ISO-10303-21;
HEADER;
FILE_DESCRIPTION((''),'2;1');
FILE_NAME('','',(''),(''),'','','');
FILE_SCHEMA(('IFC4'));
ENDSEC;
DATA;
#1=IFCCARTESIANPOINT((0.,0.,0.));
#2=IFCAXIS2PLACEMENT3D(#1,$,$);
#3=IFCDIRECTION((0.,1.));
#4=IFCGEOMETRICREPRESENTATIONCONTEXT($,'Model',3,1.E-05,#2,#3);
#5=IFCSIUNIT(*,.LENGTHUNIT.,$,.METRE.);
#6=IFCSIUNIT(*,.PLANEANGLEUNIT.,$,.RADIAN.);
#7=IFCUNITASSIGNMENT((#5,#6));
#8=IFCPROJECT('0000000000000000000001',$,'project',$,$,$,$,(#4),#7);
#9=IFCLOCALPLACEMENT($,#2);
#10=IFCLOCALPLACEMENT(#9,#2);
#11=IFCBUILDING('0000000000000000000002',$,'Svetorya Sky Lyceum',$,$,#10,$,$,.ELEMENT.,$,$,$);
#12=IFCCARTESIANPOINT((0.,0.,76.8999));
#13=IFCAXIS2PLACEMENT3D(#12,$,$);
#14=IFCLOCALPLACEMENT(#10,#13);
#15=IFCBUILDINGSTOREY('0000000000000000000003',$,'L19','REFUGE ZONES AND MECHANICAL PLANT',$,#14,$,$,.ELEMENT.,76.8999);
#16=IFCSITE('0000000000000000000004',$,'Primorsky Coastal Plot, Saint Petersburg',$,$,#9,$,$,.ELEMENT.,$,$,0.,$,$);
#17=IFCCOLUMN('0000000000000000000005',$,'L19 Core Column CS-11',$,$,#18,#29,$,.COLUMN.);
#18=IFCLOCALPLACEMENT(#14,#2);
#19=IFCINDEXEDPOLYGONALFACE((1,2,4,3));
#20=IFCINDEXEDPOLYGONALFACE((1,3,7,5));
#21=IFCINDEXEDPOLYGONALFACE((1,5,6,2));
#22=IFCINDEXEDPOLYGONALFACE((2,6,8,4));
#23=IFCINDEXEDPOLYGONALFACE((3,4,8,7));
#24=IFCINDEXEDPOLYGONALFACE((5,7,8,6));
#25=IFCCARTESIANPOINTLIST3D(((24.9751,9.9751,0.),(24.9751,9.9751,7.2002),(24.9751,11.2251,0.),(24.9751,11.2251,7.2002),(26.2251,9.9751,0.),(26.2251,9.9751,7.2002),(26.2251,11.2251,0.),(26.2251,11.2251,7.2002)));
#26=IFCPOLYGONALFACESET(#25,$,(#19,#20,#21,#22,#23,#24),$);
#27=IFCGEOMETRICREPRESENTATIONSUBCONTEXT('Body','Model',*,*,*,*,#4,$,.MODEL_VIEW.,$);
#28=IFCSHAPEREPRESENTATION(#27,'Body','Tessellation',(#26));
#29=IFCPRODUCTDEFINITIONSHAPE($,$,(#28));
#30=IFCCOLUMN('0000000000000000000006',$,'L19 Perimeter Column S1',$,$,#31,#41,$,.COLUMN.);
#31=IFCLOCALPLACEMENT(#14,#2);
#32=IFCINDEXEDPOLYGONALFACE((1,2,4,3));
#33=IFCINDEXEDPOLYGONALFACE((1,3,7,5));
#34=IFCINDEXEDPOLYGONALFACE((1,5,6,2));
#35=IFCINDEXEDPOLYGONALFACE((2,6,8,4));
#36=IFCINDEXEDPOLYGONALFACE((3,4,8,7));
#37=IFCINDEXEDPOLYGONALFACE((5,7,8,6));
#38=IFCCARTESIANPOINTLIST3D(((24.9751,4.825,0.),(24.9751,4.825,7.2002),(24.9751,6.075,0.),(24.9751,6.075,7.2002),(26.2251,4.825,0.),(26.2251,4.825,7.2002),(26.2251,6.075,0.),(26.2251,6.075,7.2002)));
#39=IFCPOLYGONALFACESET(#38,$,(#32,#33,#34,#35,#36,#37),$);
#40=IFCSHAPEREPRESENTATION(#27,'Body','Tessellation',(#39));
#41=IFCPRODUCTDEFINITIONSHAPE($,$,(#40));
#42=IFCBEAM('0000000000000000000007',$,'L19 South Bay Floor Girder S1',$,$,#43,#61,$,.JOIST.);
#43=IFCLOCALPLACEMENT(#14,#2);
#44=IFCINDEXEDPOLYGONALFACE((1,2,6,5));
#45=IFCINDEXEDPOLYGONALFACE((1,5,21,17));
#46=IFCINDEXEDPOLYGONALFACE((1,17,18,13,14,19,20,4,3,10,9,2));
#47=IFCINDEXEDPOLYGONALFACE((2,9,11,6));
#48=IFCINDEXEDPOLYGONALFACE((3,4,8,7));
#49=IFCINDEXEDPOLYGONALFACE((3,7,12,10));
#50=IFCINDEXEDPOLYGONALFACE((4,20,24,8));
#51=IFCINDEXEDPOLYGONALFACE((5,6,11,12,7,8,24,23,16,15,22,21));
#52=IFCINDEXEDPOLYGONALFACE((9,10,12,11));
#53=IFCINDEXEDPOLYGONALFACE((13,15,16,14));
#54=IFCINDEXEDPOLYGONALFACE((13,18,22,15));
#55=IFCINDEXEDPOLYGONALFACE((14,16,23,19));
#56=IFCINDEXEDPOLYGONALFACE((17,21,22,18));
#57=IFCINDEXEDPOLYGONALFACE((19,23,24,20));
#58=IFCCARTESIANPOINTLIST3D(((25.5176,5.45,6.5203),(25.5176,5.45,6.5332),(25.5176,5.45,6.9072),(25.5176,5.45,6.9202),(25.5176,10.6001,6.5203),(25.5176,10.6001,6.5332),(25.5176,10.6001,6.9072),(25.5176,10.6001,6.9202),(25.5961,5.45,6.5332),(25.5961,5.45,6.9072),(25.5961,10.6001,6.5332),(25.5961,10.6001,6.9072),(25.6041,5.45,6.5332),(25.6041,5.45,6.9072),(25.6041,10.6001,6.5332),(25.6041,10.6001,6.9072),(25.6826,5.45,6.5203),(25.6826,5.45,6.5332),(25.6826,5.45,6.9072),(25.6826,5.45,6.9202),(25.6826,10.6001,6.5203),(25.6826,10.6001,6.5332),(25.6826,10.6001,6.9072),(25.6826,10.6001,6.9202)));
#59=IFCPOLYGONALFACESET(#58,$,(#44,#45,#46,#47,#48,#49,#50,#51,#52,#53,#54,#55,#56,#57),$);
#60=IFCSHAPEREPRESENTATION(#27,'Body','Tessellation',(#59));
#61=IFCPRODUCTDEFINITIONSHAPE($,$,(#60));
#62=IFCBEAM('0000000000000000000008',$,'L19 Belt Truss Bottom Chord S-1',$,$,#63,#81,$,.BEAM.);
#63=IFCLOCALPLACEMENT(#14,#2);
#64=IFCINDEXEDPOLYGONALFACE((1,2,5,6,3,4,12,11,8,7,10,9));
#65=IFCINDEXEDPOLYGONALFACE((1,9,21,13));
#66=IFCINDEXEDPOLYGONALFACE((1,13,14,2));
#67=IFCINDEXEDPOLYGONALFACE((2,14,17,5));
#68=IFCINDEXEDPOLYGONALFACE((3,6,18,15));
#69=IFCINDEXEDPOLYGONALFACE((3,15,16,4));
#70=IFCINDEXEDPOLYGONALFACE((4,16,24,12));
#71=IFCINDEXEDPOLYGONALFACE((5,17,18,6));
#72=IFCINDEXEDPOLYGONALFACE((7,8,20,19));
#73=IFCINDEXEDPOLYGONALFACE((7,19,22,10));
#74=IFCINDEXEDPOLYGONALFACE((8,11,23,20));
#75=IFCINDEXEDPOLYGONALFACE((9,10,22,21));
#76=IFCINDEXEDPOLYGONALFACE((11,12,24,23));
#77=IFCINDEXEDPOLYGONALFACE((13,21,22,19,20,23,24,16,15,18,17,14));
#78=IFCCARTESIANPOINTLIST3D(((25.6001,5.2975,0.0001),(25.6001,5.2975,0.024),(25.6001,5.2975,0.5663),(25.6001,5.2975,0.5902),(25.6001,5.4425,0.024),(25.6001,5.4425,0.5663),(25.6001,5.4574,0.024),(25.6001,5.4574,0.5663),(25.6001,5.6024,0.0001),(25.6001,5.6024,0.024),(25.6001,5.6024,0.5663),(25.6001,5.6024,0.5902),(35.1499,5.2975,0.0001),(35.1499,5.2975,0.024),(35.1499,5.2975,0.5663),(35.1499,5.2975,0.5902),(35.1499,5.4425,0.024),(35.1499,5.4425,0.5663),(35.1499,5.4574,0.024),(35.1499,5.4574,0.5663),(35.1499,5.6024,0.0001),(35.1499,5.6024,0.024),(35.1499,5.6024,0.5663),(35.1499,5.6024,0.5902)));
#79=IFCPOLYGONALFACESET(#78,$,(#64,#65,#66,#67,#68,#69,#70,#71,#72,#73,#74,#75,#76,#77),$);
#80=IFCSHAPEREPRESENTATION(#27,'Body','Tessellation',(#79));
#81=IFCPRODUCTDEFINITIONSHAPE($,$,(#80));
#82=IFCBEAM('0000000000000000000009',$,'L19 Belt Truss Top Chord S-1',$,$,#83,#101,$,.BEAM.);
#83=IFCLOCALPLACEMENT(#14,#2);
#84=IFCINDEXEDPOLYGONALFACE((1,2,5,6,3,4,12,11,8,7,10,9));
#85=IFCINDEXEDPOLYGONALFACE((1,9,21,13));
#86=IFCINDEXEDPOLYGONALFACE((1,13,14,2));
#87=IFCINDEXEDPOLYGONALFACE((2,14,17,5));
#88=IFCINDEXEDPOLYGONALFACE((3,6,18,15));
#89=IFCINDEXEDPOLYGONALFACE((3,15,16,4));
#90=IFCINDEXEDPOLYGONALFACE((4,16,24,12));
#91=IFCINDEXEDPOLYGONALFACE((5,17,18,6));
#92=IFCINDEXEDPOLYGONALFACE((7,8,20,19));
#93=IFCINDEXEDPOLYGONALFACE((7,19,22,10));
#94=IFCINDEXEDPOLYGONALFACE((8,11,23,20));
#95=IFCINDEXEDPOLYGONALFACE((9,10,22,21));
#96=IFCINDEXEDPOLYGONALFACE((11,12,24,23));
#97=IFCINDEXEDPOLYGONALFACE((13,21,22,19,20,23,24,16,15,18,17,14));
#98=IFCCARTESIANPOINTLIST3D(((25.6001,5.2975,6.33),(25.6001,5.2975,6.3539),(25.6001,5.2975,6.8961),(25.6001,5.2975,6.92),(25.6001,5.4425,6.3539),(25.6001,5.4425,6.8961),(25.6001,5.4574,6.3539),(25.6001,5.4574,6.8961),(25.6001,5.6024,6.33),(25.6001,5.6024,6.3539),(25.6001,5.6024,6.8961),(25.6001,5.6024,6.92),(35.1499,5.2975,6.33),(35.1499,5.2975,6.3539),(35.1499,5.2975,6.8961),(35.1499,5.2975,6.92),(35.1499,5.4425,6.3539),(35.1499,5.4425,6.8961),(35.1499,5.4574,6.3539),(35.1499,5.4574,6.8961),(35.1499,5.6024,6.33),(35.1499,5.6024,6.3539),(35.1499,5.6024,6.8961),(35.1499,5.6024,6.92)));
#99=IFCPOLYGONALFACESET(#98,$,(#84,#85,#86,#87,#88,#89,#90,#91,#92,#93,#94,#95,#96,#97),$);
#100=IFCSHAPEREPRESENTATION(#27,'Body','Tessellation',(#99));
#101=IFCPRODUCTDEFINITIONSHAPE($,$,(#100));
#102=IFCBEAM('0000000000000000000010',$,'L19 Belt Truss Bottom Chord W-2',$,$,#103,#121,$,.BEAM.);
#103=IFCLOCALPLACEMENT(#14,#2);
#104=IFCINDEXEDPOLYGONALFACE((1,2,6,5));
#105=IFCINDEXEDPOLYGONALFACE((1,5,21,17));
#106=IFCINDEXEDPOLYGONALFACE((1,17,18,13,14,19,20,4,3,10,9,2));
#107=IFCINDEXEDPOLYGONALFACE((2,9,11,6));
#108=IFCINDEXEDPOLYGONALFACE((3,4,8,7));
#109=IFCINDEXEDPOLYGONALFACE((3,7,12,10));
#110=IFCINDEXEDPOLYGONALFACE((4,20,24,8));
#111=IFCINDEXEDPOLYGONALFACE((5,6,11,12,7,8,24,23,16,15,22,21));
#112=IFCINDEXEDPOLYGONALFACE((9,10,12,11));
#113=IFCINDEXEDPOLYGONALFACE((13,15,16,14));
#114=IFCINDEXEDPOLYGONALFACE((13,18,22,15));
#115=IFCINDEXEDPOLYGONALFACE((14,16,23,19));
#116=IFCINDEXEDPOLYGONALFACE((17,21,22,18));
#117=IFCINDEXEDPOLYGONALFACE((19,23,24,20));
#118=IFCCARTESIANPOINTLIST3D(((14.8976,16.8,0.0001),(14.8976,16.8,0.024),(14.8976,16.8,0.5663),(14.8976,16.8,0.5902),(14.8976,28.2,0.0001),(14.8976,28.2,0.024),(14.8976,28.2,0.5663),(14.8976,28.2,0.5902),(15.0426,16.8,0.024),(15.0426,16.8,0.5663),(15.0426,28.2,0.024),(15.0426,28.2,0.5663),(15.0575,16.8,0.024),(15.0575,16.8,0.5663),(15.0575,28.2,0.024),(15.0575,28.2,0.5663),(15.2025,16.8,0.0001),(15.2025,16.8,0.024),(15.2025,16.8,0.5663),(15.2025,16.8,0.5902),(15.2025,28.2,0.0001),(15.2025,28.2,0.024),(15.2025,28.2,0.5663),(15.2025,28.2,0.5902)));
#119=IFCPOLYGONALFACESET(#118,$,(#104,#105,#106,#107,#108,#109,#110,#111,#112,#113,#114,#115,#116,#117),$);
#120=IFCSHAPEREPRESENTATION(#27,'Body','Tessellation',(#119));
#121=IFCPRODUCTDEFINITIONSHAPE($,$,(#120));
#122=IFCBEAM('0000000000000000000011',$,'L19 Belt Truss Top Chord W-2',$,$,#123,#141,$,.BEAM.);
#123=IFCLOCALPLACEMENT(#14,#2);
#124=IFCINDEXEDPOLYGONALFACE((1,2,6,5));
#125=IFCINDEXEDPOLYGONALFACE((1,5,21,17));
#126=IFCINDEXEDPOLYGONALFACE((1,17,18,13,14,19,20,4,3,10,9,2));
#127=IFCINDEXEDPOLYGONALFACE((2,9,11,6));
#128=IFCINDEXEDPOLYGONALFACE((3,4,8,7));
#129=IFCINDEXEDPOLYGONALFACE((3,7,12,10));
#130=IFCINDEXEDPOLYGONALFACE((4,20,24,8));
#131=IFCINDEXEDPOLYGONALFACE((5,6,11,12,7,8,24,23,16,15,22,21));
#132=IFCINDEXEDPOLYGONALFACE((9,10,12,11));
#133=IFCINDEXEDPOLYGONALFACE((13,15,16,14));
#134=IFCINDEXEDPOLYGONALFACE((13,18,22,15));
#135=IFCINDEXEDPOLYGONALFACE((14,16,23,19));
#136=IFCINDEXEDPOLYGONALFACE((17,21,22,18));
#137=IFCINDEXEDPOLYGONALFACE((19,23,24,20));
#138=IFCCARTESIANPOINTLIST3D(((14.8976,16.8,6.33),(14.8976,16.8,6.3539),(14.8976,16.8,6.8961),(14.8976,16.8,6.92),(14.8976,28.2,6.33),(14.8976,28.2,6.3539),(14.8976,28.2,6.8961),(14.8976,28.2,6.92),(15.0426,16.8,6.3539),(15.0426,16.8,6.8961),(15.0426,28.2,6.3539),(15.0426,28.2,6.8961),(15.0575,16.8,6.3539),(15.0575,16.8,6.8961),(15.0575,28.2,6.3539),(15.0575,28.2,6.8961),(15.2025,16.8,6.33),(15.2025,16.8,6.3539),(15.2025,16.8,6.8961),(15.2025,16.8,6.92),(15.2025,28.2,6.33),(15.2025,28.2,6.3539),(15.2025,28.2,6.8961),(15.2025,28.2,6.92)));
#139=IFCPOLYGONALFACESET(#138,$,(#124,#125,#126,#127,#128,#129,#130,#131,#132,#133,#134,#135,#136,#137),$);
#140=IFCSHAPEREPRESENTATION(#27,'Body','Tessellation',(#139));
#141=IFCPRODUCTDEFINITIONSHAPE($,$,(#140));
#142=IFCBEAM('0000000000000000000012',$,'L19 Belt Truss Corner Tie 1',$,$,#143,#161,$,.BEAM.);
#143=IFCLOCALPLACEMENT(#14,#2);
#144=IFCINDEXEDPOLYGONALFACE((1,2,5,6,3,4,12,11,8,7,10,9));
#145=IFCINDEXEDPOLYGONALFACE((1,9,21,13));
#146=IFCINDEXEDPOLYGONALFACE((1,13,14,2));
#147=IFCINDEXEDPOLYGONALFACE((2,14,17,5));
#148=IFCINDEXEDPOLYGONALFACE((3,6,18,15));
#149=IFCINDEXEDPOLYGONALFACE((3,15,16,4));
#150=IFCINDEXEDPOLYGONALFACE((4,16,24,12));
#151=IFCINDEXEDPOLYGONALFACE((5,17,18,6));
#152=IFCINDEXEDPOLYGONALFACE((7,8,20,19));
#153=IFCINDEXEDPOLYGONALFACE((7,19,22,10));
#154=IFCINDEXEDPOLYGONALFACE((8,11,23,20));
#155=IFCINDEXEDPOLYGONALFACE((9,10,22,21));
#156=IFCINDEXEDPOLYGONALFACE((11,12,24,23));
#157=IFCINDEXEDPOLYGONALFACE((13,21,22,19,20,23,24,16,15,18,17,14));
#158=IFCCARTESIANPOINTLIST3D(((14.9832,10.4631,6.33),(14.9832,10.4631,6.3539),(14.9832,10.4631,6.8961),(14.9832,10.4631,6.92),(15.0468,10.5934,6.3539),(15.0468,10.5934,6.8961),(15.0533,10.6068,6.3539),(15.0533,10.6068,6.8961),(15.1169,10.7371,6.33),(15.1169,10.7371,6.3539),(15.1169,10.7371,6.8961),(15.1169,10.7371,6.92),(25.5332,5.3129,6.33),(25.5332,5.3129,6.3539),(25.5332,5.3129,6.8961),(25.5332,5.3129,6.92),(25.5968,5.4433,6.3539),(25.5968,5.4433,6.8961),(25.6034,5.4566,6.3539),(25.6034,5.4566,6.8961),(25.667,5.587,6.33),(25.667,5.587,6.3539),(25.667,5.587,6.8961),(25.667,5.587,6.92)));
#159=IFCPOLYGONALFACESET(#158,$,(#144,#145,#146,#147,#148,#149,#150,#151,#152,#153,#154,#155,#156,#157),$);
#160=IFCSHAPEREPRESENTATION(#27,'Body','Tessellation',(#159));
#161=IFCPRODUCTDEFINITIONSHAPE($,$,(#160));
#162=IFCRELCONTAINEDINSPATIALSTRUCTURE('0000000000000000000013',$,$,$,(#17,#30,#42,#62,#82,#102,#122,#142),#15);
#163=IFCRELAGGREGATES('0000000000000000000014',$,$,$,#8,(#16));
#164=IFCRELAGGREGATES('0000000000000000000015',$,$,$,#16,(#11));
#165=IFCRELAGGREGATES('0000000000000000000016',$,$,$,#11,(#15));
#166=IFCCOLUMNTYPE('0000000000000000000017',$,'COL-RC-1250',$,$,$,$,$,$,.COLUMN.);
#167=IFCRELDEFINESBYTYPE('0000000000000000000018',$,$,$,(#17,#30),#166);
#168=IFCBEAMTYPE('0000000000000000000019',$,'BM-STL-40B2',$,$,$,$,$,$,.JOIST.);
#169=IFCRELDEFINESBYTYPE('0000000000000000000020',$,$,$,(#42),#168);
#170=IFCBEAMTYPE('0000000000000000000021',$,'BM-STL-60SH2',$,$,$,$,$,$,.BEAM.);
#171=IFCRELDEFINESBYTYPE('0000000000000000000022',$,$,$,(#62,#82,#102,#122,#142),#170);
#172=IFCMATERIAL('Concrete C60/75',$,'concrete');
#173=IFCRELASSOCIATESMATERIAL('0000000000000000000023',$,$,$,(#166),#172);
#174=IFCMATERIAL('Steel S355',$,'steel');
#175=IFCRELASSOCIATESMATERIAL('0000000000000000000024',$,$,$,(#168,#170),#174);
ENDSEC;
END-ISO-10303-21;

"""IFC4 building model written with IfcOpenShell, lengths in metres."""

from ifc_helpers import new_model, si_unit, direction, frame, origin, origin_2d, place, context, subcontext, project, spatial, rectangle, i_section, extrude, material, material_profile, profile_set, type_object, element, save


model = new_model("IFC4")

# Units and contexts
model_context = context("Model", 3, precision=1e-05, world=origin(), true_north=direction((0.0, 1.0)))
body_context = subcontext(model_context, "Body", "Model", "MODEL_VIEW")
ifc_project = project(units=[si_unit("LENGTHUNIT", "METRE"), si_unit("PLANEANGLEUNIT", "RADIAN")], contexts=[model_context])

# Site, building, storey
site_placement = place(None, origin())
site = spatial("IfcSite", under=ifc_project, at=site_placement, Name="Primorsky Coastal Plot, Saint Petersburg", CompositionType="ELEMENT", RefElevation=0.0)
building_placement = place(site_placement, origin())
building = spatial("IfcBuilding", under=site, at=building_placement, Name="Svetorya Sky Lyceum", CompositionType="ELEMENT")
storey_placement = place(building_placement, frame((0.0, 0.0, 76.8999)))
storey = spatial("IfcBuildingStorey", under=building, at=storey_placement, Name="L19", Description="REFUGE ZONES AND MECHANICAL PLANT", CompositionType="ELEMENT", Elevation=76.8999)

# Columns
ifc_material_1 = material(Name="Concrete C60/75", Category="concrete")
ifc_material_profile_1 = material_profile(ifc_material_1, rectangle(XDim=1.25, YDim=1.25, at=origin_2d()), Name="RC COL 1250x1250")
ifc_profile_set_1 = profile_set([ifc_material_profile_1], Name="Concrete C60/75")
column_type = type_object("IfcColumnType", Name="COL-RC-1250", PredefinedType="COLUMN", material=ifc_profile_set_1)
for number, where, z_axis, x_axis, name in (
    (1, (25.6001, 10.6001, 0.0), (0.0, 0.0, 1.0), (1.0, 0.0, 0.0), "L19 Core Column CS-11"),
    (2, (25.6001, 5.45, 0.0), (0.0, 0.0, 1.0), (1.0, 0.0, 0.0), "L19 Perimeter Column S1"),
):
    element("IfcColumn", number, at=place(storey_placement, frame(where, z_axis=z_axis, x_axis=x_axis)), inside=storey, type_object=column_type, Name=name, PredefinedType="COLUMN", context=body_context, shape_type="SweptSolid", body=[
        extrude(rectangle(XDim=1.25, YDim=1.25, at=origin_2d()), origin(), (0.0, 0.0, 1.0), 7.2002),
    ])

# Beams
ifc_material_2 = material(Name="Steel S355", Category="steel")
ifc_material_profile_2 = material_profile(ifc_material_2, i_section(OverallWidth=0.165, OverallDepth=0.3999, WebThickness=0.0081, FlangeThickness=0.0129, at=origin_2d()), Name="GOST 40B2")
ifc_profile_set_2 = profile_set([ifc_material_profile_2], Name="Steel S355")
beam_type_1 = type_object("IfcBeamType", Name="BM-STL-40B2", PredefinedType="JOIST", material=ifc_profile_set_2)
beam_1_placement = place(storey_placement, frame((25.6001, 5.45, 6.7202), z_axis=(0.0, 1.0, 0.0), x_axis=(-1.0, 0.0, 0.0)))
element("IfcBeam", 3, at=beam_1_placement, inside=storey, type_object=beam_type_1, Name="L19 South Bay Floor Girder S1", PredefinedType="JOIST", context=body_context, shape_type="SweptSolid", body=[
    extrude(i_section(OverallWidth=0.165, OverallDepth=0.3999, WebThickness=0.0081, FlangeThickness=0.0129, at=origin_2d()), origin(), (0.0, 0.0, 1.0), 5.1501),
])
ifc_material_profile_3 = material_profile(ifc_material_2, i_section(OverallWidth=0.3049, OverallDepth=0.5901, WebThickness=0.0149, FlangeThickness=0.0239, at=origin_2d()), Name="GOST 60Sh2")
ifc_profile_set_3 = profile_set([ifc_material_profile_3], Name="Steel S355")
beam_type_2 = type_object("IfcBeamType", Name="BM-STL-60SH2", PredefinedType="BEAM", material=ifc_profile_set_3)
for number, where, z_axis, x_axis, name in (
    (4, (25.6001, 5.45, 0.2952), (1.0, 0.0, 0.0), (0.0, 1.0, 0.0), "L19 Belt Truss Bottom Chord S-1"),
    (5, (25.6001, 5.45, 6.625), (1.0, 0.0, 0.0), (0.0, 1.0, 0.0), "L19 Belt Truss Top Chord S-1"),
):
    element("IfcBeam", number, at=place(storey_placement, frame(where, z_axis=z_axis, x_axis=x_axis)), inside=storey, type_object=beam_type_2, Name=name, PredefinedType="BEAM", context=body_context, shape_type="SweptSolid", body=[
        extrude(i_section(OverallWidth=0.3049, OverallDepth=0.5901, WebThickness=0.0149, FlangeThickness=0.0239, at=origin_2d()), origin(), (0.0, 0.0, 1.0), 9.5498),
    ])
for number, where, z_axis, x_axis, name in (
    (6, (15.05, 16.8, 0.2952), (0.0, 1.0, 0.0), (-1.0, 0.0, 0.0), "L19 Belt Truss Bottom Chord W-2"),
    (7, (15.05, 16.8, 6.625), (0.0, 1.0, 0.0), (-1.0, 0.0, 0.0), "L19 Belt Truss Top Chord W-2"),
):
    element("IfcBeam", number, at=place(storey_placement, frame(where, z_axis=z_axis, x_axis=x_axis)), inside=storey, type_object=beam_type_2, Name=name, PredefinedType="BEAM", context=body_context, shape_type="SweptSolid", body=[
        extrude(i_section(OverallWidth=0.3049, OverallDepth=0.5901, WebThickness=0.0149, FlangeThickness=0.0239, at=origin_2d()), origin(), (0.0, 0.0, 1.0), 11.3999),
    ])
beam_2_placement = place(storey_placement, frame((25.6001, 5.45, 6.625), z_axis=(-0.898641, 0.438684, 0.0), x_axis=(-0.438684, -0.898641, 0.0)))
element("IfcBeam", 8, at=beam_2_placement, inside=storey, type_object=beam_type_2, Name="L19 Belt Truss Corner Tie 1", PredefinedType="BEAM", context=body_context, shape_type="SweptSolid", body=[
    extrude(i_section(OverallWidth=0.3049, OverallDepth=0.5901, WebThickness=0.0149, FlangeThickness=0.0239, at=origin_2d()), origin(), (0.0, 0.0, 1.0), 11.74),
])

save(model, "model.ifc")
